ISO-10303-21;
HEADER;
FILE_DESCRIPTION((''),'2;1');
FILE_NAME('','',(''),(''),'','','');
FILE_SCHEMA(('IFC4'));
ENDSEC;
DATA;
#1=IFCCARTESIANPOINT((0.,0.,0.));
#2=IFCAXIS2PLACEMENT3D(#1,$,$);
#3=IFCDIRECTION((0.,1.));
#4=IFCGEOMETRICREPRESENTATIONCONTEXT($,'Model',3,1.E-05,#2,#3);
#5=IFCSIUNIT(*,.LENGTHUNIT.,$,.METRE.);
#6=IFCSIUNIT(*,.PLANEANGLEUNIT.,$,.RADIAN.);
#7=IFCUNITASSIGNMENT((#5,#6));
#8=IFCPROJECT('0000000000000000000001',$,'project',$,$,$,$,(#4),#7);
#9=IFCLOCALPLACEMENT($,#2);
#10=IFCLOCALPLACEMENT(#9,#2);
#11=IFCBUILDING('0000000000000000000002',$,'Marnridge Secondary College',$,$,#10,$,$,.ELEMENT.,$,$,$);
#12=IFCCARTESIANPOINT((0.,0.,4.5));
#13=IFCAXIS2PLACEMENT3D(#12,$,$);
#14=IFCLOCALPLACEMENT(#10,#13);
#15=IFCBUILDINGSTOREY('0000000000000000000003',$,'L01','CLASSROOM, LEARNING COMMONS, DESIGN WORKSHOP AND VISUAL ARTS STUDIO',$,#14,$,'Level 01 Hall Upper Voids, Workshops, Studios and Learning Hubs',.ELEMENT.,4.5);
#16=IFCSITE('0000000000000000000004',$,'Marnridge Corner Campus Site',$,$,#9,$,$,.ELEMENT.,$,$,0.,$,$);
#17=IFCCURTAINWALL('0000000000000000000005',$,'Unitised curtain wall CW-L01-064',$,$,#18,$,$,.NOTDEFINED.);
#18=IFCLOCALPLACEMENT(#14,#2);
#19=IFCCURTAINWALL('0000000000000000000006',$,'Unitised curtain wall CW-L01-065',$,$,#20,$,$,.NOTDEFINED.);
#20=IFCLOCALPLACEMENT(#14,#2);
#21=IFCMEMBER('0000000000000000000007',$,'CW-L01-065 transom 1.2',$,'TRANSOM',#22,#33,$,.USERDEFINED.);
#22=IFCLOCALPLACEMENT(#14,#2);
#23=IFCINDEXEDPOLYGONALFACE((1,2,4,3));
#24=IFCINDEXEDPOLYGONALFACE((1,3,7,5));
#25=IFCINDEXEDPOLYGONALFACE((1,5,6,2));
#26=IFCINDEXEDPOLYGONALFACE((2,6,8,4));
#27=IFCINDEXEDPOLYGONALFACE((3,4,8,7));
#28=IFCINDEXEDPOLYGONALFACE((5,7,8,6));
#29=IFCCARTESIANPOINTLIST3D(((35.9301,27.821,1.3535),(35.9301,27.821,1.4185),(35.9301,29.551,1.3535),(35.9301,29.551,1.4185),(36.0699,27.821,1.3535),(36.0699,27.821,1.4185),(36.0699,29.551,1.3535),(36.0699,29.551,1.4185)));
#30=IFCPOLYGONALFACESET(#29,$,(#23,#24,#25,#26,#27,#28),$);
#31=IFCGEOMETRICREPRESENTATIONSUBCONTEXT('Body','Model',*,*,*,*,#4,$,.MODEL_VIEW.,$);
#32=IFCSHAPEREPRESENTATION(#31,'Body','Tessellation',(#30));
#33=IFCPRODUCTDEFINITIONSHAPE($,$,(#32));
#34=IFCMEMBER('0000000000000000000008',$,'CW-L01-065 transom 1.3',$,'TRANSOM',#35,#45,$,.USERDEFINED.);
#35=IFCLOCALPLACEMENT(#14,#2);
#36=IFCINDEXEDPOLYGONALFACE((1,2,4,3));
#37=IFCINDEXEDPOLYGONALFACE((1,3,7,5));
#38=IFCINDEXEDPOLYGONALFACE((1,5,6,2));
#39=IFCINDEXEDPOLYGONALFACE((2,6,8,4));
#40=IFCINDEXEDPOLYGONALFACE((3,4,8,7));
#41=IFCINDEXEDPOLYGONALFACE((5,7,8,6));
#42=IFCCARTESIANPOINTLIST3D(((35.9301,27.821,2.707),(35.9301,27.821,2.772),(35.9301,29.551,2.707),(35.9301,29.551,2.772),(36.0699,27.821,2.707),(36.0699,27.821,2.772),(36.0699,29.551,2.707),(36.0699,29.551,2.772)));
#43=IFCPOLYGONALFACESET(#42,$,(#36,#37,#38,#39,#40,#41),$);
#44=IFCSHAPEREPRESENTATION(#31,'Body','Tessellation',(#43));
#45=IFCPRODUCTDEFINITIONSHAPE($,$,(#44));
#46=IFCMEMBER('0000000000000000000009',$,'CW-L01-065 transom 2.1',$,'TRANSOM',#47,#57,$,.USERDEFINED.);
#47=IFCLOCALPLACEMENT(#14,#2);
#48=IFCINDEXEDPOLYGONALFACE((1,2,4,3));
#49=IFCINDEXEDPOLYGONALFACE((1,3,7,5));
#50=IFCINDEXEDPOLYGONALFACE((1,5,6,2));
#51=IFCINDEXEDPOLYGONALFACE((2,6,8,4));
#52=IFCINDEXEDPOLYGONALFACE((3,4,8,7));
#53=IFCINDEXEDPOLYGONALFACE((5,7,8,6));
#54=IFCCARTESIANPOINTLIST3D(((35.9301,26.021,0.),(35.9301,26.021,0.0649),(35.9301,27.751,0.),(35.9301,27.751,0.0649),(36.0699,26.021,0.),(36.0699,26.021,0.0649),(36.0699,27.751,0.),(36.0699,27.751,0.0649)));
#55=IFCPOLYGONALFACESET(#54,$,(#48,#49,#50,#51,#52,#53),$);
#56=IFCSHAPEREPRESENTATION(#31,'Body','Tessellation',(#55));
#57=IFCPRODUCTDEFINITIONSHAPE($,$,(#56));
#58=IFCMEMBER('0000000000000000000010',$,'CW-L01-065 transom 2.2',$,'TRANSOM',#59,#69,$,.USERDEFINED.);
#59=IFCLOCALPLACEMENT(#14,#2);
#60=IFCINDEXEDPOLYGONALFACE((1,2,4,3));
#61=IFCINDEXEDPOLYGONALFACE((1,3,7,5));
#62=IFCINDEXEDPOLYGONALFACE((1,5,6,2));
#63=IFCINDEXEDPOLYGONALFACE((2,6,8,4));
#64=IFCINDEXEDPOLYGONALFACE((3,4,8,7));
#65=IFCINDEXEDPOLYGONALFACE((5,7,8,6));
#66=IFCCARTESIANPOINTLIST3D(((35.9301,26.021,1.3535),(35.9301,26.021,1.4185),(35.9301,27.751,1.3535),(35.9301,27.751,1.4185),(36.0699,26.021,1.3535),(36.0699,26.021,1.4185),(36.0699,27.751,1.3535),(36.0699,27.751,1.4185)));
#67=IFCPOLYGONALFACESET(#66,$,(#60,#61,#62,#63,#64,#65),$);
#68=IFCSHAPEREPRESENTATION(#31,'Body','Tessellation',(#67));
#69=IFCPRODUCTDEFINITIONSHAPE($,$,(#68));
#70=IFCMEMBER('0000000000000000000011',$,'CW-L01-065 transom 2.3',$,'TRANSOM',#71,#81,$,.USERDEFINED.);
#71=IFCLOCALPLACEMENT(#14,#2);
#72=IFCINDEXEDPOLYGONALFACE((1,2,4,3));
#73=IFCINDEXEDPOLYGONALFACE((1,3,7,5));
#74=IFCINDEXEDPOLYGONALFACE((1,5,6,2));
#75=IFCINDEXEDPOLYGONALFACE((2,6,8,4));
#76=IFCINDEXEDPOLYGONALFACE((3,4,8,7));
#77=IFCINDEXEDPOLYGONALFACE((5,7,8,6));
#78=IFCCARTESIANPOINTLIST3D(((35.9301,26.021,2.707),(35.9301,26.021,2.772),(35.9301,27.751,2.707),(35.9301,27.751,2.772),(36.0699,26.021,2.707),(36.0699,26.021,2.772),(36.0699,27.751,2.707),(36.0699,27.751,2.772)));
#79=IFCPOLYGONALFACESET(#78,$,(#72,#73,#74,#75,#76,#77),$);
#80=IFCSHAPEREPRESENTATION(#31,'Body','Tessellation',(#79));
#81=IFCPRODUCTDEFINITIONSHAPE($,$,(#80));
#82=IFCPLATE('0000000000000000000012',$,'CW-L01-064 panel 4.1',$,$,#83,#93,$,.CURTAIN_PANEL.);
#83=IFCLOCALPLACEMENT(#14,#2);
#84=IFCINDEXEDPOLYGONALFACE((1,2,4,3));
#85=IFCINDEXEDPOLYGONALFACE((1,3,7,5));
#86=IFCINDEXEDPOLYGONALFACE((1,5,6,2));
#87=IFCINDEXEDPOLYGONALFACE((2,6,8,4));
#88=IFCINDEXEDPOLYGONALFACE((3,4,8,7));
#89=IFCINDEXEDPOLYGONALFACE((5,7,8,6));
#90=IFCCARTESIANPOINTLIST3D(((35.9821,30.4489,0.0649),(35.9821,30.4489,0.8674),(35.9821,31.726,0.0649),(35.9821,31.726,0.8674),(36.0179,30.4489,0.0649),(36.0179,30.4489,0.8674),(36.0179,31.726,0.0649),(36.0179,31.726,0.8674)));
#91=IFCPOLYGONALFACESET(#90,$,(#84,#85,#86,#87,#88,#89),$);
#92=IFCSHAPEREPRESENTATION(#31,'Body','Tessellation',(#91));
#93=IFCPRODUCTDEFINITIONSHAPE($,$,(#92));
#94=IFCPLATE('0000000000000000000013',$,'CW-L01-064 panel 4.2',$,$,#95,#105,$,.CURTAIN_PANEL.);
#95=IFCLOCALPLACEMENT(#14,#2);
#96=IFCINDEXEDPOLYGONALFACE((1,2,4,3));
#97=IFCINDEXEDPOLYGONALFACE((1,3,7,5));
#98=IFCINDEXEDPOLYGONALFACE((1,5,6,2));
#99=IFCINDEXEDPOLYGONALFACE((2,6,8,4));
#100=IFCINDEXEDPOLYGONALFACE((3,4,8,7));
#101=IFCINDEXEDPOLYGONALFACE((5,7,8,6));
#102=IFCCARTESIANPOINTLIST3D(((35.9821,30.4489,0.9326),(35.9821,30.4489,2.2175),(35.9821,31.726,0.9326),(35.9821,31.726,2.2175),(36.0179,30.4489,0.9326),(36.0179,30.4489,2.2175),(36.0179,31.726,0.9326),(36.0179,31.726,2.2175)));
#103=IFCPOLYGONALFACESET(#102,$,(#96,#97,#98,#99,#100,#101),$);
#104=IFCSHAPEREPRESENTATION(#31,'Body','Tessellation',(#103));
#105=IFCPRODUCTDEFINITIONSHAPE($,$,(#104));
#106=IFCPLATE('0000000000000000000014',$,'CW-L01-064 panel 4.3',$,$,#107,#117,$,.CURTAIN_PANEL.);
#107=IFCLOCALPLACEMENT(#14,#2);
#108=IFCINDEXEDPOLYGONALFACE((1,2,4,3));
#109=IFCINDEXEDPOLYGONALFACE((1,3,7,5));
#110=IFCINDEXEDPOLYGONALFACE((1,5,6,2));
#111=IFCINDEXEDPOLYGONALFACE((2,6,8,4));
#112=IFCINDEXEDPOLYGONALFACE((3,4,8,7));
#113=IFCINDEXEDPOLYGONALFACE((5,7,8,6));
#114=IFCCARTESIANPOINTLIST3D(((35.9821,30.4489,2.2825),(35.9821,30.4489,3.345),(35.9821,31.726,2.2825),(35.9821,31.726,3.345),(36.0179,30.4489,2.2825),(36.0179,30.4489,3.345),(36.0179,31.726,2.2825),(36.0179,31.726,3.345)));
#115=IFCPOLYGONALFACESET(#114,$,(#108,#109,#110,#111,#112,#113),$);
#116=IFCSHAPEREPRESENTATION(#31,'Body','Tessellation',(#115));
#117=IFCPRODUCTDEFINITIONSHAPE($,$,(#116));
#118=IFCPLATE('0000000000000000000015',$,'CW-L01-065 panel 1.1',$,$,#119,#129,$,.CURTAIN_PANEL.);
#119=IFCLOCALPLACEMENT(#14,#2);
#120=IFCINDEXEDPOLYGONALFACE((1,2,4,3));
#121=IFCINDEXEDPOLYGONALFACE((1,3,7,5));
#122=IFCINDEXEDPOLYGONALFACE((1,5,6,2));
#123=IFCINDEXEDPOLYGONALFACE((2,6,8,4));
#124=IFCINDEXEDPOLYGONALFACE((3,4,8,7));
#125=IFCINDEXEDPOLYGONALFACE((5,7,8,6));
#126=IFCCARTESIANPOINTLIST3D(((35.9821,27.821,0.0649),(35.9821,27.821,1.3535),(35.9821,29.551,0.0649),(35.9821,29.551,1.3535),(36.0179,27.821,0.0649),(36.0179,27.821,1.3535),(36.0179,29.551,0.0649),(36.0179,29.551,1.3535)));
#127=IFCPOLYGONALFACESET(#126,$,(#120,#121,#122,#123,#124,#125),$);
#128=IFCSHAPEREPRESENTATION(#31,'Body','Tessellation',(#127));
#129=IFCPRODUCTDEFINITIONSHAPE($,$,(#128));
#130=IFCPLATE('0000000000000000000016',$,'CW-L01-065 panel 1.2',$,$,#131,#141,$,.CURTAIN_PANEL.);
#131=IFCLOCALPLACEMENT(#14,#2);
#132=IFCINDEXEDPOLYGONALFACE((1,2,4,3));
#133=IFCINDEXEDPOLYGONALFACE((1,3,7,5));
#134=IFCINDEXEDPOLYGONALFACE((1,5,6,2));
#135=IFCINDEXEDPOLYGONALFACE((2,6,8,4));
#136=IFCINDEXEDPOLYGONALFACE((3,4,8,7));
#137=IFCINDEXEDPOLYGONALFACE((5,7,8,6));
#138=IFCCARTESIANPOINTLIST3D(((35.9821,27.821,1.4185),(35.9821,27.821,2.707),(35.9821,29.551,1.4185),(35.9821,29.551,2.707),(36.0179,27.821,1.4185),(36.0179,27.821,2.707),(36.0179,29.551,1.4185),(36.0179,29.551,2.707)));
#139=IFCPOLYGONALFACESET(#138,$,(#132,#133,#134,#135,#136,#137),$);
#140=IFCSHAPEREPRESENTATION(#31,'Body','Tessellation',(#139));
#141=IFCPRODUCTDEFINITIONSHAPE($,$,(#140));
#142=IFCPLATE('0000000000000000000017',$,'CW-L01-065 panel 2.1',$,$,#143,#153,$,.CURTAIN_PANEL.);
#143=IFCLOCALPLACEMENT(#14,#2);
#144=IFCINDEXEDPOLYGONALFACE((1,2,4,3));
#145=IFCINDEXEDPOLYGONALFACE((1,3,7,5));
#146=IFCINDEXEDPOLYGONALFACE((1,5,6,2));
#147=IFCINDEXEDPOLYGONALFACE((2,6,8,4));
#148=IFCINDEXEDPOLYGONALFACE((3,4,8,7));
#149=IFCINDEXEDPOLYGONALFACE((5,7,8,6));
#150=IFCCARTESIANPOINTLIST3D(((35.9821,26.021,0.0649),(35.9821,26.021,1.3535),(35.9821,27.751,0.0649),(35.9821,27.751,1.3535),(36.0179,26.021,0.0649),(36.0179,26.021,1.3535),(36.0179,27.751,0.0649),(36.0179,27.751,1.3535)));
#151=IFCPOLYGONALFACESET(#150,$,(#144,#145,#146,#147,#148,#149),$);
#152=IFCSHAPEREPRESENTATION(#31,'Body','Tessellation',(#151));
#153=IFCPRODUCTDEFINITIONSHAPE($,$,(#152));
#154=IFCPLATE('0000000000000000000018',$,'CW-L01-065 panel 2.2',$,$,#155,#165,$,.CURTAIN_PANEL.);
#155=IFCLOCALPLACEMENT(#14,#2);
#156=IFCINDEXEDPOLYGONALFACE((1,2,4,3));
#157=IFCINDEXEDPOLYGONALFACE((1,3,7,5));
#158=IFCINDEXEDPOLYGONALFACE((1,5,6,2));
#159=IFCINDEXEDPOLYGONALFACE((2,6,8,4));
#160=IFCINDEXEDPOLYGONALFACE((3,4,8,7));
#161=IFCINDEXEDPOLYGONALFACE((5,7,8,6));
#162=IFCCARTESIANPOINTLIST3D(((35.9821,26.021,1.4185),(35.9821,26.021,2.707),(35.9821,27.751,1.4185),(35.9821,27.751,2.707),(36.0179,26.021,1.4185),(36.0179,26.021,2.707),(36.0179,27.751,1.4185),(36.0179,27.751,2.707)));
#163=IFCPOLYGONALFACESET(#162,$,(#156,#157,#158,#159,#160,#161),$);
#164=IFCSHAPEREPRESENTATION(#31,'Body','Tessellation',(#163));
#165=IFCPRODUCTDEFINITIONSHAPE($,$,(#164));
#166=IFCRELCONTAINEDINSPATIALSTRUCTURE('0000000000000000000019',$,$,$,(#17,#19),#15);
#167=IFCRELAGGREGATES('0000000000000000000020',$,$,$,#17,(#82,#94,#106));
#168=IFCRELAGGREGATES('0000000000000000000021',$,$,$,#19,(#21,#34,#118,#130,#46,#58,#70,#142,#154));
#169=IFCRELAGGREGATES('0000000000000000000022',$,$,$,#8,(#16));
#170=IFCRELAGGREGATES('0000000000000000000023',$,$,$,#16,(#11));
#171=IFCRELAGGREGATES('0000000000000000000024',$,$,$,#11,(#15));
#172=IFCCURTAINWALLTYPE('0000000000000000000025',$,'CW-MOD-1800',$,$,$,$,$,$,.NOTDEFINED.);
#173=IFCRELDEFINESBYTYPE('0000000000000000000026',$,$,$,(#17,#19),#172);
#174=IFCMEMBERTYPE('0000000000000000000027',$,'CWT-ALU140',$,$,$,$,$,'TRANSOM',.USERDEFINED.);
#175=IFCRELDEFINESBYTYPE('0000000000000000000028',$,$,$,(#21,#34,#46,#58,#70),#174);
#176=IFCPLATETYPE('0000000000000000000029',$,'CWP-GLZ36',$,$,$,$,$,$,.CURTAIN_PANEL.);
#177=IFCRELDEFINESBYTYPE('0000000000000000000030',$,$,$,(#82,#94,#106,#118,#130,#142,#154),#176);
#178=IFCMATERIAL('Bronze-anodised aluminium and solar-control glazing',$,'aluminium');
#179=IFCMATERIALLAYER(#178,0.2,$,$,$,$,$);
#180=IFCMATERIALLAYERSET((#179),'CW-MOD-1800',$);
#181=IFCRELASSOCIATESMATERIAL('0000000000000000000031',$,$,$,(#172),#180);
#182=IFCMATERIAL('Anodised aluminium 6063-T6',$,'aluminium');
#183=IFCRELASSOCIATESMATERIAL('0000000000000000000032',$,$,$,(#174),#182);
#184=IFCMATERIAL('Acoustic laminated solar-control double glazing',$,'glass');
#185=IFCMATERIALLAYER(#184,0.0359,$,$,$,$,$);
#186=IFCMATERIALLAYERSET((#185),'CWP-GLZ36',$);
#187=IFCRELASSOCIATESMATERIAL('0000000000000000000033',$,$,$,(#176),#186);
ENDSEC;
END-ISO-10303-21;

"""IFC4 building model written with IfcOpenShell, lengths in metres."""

from ifc_helpers import new_model, si_unit, direction, frame, origin, origin_2d, place, context, subcontext, project, spatial, rectangle, extrude, material, layer, layer_set, material_profile, profile_set, type_object, element, aggregate, save


model = new_model("IFC4")

# Units and contexts
model_context = context("Model", 3, precision=1e-05, world=origin(), true_north=direction((0.0, 1.0)))
body_context = subcontext(model_context, "Body", "Model", "MODEL_VIEW")
ifc_project = project(units=[si_unit("LENGTHUNIT", "METRE"), si_unit("PLANEANGLEUNIT", "RADIAN")], contexts=[model_context])

# Site, building, storey
site_placement = place(None, origin())
site = spatial("IfcSite", under=ifc_project, at=site_placement, Name="Marnridge Corner Campus Site", CompositionType="ELEMENT", RefElevation=0.0)
building_placement = place(site_placement, origin())
building = spatial("IfcBuilding", under=site, at=building_placement, Name="Marnridge Secondary College", CompositionType="ELEMENT")
storey_placement = place(building_placement, frame((0.0, 0.0, 4.5)))
storey = spatial("IfcBuildingStorey", under=building, at=storey_placement, Name="L01", Description="CLASSROOM, LEARNING COMMONS, DESIGN WORKSHOP AND VISUAL ARTS STUDIO", LongName="Level 01 Hall Upper Voids, Workshops, Studios and Learning Hubs", CompositionType="ELEMENT", Elevation=4.5)

# Curtain walls
ifc_material_1 = material(Name="Bronze-anodised aluminium and solar-control glazing", Category="aluminium")
ifc_layer_1 = layer(ifc_material_1, 0.2)
ifc_layer_set_1 = layer_set([ifc_layer_1], Name="CW-MOD-1800")
curtain_wall_type = type_object("IfcCurtainWallType", Name="CW-MOD-1800", PredefinedType="NOTDEFINED", material=ifc_layer_set_1)
curtain_wall_1_placement = place(storey_placement, origin())
curtain_wall_1 = element("IfcCurtainWall", 1, at=curtain_wall_1_placement, inside=storey, type_object=curtain_wall_type, Name="Unitised curtain wall CW-L01-064", PredefinedType="NOTDEFINED")
curtain_wall_2_placement = place(storey_placement, origin())
curtain_wall_2 = element("IfcCurtainWall", 2, at=curtain_wall_2_placement, inside=storey, type_object=curtain_wall_type, Name="Unitised curtain wall CW-L01-065", PredefinedType="NOTDEFINED")

# Members
ifc_material_2 = material(Name="Anodised aluminium 6063-T6", Category="aluminium")
ifc_material_profile_1 = material_profile(ifc_material_2, rectangle(XDim=0.0649, YDim=0.1399, at=origin_2d()), Name="ALU 65x140")
ifc_profile_set_1 = profile_set([ifc_material_profile_1], Name="Anodised aluminium 6063-T6")
member_type_1 = type_object("IfcMemberType", Name="CWT-ALU140", ElementType="TRANSOM", PredefinedType="USERDEFINED", material=ifc_profile_set_1)
member_1_placement = place(storey_placement, frame((36.0, 29.551, 1.386), z_axis=(0.0, -1.0, 0.0), x_axis=(0.0, 0.0, 1.0)))
member_1 = element("IfcMember", 3, at=member_1_placement, type_object=member_type_1, Name="CW-L01-065 transom 1.2", ObjectType="TRANSOM", PredefinedType="USERDEFINED", context=body_context, shape_type="SweptSolid", body=[
    extrude(rectangle(XDim=0.0649, YDim=0.1399, at=origin_2d()), origin(), (0.0, 0.0, 1.0), 1.73),
])
member_2_placement = place(storey_placement, frame((36.0, 29.551, 2.7395), z_axis=(0.0, -1.0, 0.0), x_axis=(0.0, 0.0, 1.0)))
member_2 = element("IfcMember", 4, at=member_2_placement, type_object=member_type_1, Name="CW-L01-065 transom 1.3", ObjectType="TRANSOM", PredefinedType="USERDEFINED", context=body_context, shape_type="SweptSolid", body=[
    extrude(rectangle(XDim=0.0649, YDim=0.1399, at=origin_2d()), origin(), (0.0, 0.0, 1.0), 1.73),
])
member_3_placement = place(storey_placement, frame((36.0, 27.751, 0.0325), z_axis=(0.0, -1.0, 0.0), x_axis=(0.0, 0.0, 1.0)))
member_3 = element("IfcMember", 5, at=member_3_placement, type_object=member_type_1, Name="CW-L01-065 transom 2.1", ObjectType="TRANSOM", PredefinedType="USERDEFINED", context=body_context, shape_type="SweptSolid", body=[
    extrude(rectangle(XDim=0.0649, YDim=0.1399, at=origin_2d()), origin(), (0.0, 0.0, 1.0), 1.73),
])
member_4_placement = place(storey_placement, frame((36.0, 27.751, 1.386), z_axis=(0.0, -1.0, 0.0), x_axis=(0.0, 0.0, 1.0)))
member_4 = element("IfcMember", 6, at=member_4_placement, type_object=member_type_1, Name="CW-L01-065 transom 2.2", ObjectType="TRANSOM", PredefinedType="USERDEFINED", context=body_context, shape_type="SweptSolid", body=[
    extrude(rectangle(XDim=0.0649, YDim=0.1399, at=origin_2d()), origin(), (0.0, 0.0, 1.0), 1.73),
])
member_5_placement = place(storey_placement, frame((36.0, 27.751, 2.7395), z_axis=(0.0, -1.0, 0.0), x_axis=(0.0, 0.0, 1.0)))
member_5 = element("IfcMember", 7, at=member_5_placement, type_object=member_type_1, Name="CW-L01-065 transom 2.3", ObjectType="TRANSOM", PredefinedType="USERDEFINED", context=body_context, shape_type="SweptSolid", body=[
    extrude(rectangle(XDim=0.0649, YDim=0.1399, at=origin_2d()), origin(), (0.0, 0.0, 1.0), 1.73),
])

# Plates
ifc_material_3 = material(Name="Acoustic laminated solar-control double glazing", Category="glass")
ifc_layer_2 = layer(ifc_material_3, 0.0359)
ifc_layer_set_2 = layer_set([ifc_layer_2], Name="CWP-GLZ36")
plate_type = type_object("IfcPlateType", Name="CWP-GLZ36", PredefinedType="CURTAIN_PANEL", material=ifc_layer_set_2)
plate_1_placement = place(storey_placement, frame((36.0, 31.0874, 0.0649), z_axis=(0.0, 0.0, 1.0), x_axis=(0.0, -1.0, 0.0)))
plate_1 = element("IfcPlate", 8, at=plate_1_placement, type_object=plate_type, Name="CW-L01-064 panel 4.1", PredefinedType="CURTAIN_PANEL", context=body_context, shape_type="SweptSolid", body=[
    extrude(rectangle(XDim=1.2771, YDim=0.0359, at=origin_2d()), origin(), (0.0, 0.0, 1.0), 0.8025),
])
plate_2_placement = place(storey_placement, frame((36.0, 31.0874, 0.9326), z_axis=(0.0, 0.0, 1.0), x_axis=(0.0, -1.0, 0.0)))
plate_2 = element("IfcPlate", 9, at=plate_2_placement, type_object=plate_type, Name="CW-L01-064 panel 4.2", PredefinedType="CURTAIN_PANEL", context=body_context, shape_type="SweptSolid", body=[
    extrude(rectangle(XDim=1.2771, YDim=0.0359, at=origin_2d()), origin(), (0.0, 0.0, 1.0), 1.2849),
])
plate_3_placement = place(storey_placement, frame((36.0, 31.0874, 2.2825), z_axis=(0.0, 0.0, 1.0), x_axis=(0.0, -1.0, 0.0)))
plate_3 = element("IfcPlate", 10, at=plate_3_placement, type_object=plate_type, Name="CW-L01-064 panel 4.3", PredefinedType="CURTAIN_PANEL", context=body_context, shape_type="SweptSolid", body=[
    extrude(rectangle(XDim=1.2771, YDim=0.0359, at=origin_2d()), origin(), (0.0, 0.0, 1.0), 1.0625),
])
aggregate(curtain_wall_1, [plate_1, plate_2, plate_3])
plate_4_placement = place(storey_placement, frame((36.0, 28.686, 0.0649), z_axis=(0.0, 0.0, 1.0), x_axis=(0.0, -1.0, 0.0)))
plate_4 = element("IfcPlate", 11, at=plate_4_placement, type_object=plate_type, Name="CW-L01-065 panel 1.1", PredefinedType="CURTAIN_PANEL", context=body_context, shape_type="SweptSolid", body=[
    extrude(rectangle(XDim=1.73, YDim=0.0359, at=origin_2d()), origin(), (0.0, 0.0, 1.0), 1.2886),
])
plate_5_placement = place(storey_placement, frame((36.0, 28.686, 1.4185), z_axis=(0.0, 0.0, 1.0), x_axis=(0.0, -1.0, 0.0)))
plate_5 = element("IfcPlate", 12, at=plate_5_placement, type_object=plate_type, Name="CW-L01-065 panel 1.2", PredefinedType="CURTAIN_PANEL", context=body_context, shape_type="SweptSolid", body=[
    extrude(rectangle(XDim=1.73, YDim=0.0359, at=origin_2d()), origin(), (0.0, 0.0, 1.0), 1.2886),
])
plate_6_placement = place(storey_placement, frame((36.0, 26.886, 0.0649), z_axis=(0.0, 0.0, 1.0), x_axis=(0.0, -1.0, 0.0)))
plate_6 = element("IfcPlate", 13, at=plate_6_placement, type_object=plate_type, Name="CW-L01-065 panel 2.1", PredefinedType="CURTAIN_PANEL", context=body_context, shape_type="SweptSolid", body=[
    extrude(rectangle(XDim=1.73, YDim=0.0359, at=origin_2d()), origin(), (0.0, 0.0, 1.0), 1.2886),
])
plate_7_placement = place(storey_placement, frame((36.0, 26.886, 1.4185), z_axis=(0.0, 0.0, 1.0), x_axis=(0.0, -1.0, 0.0)))
plate_7 = element("IfcPlate", 14, at=plate_7_placement, type_object=plate_type, Name="CW-L01-065 panel 2.2", PredefinedType="CURTAIN_PANEL", context=body_context, shape_type="SweptSolid", body=[
    extrude(rectangle(XDim=1.73, YDim=0.0359, at=origin_2d()), origin(), (0.0, 0.0, 1.0), 1.2886),
])
aggregate(curtain_wall_2, [member_1, member_2, plate_4, plate_5, member_3, member_4, member_5, plate_6, plate_7])

save(model, "model.ifc")
